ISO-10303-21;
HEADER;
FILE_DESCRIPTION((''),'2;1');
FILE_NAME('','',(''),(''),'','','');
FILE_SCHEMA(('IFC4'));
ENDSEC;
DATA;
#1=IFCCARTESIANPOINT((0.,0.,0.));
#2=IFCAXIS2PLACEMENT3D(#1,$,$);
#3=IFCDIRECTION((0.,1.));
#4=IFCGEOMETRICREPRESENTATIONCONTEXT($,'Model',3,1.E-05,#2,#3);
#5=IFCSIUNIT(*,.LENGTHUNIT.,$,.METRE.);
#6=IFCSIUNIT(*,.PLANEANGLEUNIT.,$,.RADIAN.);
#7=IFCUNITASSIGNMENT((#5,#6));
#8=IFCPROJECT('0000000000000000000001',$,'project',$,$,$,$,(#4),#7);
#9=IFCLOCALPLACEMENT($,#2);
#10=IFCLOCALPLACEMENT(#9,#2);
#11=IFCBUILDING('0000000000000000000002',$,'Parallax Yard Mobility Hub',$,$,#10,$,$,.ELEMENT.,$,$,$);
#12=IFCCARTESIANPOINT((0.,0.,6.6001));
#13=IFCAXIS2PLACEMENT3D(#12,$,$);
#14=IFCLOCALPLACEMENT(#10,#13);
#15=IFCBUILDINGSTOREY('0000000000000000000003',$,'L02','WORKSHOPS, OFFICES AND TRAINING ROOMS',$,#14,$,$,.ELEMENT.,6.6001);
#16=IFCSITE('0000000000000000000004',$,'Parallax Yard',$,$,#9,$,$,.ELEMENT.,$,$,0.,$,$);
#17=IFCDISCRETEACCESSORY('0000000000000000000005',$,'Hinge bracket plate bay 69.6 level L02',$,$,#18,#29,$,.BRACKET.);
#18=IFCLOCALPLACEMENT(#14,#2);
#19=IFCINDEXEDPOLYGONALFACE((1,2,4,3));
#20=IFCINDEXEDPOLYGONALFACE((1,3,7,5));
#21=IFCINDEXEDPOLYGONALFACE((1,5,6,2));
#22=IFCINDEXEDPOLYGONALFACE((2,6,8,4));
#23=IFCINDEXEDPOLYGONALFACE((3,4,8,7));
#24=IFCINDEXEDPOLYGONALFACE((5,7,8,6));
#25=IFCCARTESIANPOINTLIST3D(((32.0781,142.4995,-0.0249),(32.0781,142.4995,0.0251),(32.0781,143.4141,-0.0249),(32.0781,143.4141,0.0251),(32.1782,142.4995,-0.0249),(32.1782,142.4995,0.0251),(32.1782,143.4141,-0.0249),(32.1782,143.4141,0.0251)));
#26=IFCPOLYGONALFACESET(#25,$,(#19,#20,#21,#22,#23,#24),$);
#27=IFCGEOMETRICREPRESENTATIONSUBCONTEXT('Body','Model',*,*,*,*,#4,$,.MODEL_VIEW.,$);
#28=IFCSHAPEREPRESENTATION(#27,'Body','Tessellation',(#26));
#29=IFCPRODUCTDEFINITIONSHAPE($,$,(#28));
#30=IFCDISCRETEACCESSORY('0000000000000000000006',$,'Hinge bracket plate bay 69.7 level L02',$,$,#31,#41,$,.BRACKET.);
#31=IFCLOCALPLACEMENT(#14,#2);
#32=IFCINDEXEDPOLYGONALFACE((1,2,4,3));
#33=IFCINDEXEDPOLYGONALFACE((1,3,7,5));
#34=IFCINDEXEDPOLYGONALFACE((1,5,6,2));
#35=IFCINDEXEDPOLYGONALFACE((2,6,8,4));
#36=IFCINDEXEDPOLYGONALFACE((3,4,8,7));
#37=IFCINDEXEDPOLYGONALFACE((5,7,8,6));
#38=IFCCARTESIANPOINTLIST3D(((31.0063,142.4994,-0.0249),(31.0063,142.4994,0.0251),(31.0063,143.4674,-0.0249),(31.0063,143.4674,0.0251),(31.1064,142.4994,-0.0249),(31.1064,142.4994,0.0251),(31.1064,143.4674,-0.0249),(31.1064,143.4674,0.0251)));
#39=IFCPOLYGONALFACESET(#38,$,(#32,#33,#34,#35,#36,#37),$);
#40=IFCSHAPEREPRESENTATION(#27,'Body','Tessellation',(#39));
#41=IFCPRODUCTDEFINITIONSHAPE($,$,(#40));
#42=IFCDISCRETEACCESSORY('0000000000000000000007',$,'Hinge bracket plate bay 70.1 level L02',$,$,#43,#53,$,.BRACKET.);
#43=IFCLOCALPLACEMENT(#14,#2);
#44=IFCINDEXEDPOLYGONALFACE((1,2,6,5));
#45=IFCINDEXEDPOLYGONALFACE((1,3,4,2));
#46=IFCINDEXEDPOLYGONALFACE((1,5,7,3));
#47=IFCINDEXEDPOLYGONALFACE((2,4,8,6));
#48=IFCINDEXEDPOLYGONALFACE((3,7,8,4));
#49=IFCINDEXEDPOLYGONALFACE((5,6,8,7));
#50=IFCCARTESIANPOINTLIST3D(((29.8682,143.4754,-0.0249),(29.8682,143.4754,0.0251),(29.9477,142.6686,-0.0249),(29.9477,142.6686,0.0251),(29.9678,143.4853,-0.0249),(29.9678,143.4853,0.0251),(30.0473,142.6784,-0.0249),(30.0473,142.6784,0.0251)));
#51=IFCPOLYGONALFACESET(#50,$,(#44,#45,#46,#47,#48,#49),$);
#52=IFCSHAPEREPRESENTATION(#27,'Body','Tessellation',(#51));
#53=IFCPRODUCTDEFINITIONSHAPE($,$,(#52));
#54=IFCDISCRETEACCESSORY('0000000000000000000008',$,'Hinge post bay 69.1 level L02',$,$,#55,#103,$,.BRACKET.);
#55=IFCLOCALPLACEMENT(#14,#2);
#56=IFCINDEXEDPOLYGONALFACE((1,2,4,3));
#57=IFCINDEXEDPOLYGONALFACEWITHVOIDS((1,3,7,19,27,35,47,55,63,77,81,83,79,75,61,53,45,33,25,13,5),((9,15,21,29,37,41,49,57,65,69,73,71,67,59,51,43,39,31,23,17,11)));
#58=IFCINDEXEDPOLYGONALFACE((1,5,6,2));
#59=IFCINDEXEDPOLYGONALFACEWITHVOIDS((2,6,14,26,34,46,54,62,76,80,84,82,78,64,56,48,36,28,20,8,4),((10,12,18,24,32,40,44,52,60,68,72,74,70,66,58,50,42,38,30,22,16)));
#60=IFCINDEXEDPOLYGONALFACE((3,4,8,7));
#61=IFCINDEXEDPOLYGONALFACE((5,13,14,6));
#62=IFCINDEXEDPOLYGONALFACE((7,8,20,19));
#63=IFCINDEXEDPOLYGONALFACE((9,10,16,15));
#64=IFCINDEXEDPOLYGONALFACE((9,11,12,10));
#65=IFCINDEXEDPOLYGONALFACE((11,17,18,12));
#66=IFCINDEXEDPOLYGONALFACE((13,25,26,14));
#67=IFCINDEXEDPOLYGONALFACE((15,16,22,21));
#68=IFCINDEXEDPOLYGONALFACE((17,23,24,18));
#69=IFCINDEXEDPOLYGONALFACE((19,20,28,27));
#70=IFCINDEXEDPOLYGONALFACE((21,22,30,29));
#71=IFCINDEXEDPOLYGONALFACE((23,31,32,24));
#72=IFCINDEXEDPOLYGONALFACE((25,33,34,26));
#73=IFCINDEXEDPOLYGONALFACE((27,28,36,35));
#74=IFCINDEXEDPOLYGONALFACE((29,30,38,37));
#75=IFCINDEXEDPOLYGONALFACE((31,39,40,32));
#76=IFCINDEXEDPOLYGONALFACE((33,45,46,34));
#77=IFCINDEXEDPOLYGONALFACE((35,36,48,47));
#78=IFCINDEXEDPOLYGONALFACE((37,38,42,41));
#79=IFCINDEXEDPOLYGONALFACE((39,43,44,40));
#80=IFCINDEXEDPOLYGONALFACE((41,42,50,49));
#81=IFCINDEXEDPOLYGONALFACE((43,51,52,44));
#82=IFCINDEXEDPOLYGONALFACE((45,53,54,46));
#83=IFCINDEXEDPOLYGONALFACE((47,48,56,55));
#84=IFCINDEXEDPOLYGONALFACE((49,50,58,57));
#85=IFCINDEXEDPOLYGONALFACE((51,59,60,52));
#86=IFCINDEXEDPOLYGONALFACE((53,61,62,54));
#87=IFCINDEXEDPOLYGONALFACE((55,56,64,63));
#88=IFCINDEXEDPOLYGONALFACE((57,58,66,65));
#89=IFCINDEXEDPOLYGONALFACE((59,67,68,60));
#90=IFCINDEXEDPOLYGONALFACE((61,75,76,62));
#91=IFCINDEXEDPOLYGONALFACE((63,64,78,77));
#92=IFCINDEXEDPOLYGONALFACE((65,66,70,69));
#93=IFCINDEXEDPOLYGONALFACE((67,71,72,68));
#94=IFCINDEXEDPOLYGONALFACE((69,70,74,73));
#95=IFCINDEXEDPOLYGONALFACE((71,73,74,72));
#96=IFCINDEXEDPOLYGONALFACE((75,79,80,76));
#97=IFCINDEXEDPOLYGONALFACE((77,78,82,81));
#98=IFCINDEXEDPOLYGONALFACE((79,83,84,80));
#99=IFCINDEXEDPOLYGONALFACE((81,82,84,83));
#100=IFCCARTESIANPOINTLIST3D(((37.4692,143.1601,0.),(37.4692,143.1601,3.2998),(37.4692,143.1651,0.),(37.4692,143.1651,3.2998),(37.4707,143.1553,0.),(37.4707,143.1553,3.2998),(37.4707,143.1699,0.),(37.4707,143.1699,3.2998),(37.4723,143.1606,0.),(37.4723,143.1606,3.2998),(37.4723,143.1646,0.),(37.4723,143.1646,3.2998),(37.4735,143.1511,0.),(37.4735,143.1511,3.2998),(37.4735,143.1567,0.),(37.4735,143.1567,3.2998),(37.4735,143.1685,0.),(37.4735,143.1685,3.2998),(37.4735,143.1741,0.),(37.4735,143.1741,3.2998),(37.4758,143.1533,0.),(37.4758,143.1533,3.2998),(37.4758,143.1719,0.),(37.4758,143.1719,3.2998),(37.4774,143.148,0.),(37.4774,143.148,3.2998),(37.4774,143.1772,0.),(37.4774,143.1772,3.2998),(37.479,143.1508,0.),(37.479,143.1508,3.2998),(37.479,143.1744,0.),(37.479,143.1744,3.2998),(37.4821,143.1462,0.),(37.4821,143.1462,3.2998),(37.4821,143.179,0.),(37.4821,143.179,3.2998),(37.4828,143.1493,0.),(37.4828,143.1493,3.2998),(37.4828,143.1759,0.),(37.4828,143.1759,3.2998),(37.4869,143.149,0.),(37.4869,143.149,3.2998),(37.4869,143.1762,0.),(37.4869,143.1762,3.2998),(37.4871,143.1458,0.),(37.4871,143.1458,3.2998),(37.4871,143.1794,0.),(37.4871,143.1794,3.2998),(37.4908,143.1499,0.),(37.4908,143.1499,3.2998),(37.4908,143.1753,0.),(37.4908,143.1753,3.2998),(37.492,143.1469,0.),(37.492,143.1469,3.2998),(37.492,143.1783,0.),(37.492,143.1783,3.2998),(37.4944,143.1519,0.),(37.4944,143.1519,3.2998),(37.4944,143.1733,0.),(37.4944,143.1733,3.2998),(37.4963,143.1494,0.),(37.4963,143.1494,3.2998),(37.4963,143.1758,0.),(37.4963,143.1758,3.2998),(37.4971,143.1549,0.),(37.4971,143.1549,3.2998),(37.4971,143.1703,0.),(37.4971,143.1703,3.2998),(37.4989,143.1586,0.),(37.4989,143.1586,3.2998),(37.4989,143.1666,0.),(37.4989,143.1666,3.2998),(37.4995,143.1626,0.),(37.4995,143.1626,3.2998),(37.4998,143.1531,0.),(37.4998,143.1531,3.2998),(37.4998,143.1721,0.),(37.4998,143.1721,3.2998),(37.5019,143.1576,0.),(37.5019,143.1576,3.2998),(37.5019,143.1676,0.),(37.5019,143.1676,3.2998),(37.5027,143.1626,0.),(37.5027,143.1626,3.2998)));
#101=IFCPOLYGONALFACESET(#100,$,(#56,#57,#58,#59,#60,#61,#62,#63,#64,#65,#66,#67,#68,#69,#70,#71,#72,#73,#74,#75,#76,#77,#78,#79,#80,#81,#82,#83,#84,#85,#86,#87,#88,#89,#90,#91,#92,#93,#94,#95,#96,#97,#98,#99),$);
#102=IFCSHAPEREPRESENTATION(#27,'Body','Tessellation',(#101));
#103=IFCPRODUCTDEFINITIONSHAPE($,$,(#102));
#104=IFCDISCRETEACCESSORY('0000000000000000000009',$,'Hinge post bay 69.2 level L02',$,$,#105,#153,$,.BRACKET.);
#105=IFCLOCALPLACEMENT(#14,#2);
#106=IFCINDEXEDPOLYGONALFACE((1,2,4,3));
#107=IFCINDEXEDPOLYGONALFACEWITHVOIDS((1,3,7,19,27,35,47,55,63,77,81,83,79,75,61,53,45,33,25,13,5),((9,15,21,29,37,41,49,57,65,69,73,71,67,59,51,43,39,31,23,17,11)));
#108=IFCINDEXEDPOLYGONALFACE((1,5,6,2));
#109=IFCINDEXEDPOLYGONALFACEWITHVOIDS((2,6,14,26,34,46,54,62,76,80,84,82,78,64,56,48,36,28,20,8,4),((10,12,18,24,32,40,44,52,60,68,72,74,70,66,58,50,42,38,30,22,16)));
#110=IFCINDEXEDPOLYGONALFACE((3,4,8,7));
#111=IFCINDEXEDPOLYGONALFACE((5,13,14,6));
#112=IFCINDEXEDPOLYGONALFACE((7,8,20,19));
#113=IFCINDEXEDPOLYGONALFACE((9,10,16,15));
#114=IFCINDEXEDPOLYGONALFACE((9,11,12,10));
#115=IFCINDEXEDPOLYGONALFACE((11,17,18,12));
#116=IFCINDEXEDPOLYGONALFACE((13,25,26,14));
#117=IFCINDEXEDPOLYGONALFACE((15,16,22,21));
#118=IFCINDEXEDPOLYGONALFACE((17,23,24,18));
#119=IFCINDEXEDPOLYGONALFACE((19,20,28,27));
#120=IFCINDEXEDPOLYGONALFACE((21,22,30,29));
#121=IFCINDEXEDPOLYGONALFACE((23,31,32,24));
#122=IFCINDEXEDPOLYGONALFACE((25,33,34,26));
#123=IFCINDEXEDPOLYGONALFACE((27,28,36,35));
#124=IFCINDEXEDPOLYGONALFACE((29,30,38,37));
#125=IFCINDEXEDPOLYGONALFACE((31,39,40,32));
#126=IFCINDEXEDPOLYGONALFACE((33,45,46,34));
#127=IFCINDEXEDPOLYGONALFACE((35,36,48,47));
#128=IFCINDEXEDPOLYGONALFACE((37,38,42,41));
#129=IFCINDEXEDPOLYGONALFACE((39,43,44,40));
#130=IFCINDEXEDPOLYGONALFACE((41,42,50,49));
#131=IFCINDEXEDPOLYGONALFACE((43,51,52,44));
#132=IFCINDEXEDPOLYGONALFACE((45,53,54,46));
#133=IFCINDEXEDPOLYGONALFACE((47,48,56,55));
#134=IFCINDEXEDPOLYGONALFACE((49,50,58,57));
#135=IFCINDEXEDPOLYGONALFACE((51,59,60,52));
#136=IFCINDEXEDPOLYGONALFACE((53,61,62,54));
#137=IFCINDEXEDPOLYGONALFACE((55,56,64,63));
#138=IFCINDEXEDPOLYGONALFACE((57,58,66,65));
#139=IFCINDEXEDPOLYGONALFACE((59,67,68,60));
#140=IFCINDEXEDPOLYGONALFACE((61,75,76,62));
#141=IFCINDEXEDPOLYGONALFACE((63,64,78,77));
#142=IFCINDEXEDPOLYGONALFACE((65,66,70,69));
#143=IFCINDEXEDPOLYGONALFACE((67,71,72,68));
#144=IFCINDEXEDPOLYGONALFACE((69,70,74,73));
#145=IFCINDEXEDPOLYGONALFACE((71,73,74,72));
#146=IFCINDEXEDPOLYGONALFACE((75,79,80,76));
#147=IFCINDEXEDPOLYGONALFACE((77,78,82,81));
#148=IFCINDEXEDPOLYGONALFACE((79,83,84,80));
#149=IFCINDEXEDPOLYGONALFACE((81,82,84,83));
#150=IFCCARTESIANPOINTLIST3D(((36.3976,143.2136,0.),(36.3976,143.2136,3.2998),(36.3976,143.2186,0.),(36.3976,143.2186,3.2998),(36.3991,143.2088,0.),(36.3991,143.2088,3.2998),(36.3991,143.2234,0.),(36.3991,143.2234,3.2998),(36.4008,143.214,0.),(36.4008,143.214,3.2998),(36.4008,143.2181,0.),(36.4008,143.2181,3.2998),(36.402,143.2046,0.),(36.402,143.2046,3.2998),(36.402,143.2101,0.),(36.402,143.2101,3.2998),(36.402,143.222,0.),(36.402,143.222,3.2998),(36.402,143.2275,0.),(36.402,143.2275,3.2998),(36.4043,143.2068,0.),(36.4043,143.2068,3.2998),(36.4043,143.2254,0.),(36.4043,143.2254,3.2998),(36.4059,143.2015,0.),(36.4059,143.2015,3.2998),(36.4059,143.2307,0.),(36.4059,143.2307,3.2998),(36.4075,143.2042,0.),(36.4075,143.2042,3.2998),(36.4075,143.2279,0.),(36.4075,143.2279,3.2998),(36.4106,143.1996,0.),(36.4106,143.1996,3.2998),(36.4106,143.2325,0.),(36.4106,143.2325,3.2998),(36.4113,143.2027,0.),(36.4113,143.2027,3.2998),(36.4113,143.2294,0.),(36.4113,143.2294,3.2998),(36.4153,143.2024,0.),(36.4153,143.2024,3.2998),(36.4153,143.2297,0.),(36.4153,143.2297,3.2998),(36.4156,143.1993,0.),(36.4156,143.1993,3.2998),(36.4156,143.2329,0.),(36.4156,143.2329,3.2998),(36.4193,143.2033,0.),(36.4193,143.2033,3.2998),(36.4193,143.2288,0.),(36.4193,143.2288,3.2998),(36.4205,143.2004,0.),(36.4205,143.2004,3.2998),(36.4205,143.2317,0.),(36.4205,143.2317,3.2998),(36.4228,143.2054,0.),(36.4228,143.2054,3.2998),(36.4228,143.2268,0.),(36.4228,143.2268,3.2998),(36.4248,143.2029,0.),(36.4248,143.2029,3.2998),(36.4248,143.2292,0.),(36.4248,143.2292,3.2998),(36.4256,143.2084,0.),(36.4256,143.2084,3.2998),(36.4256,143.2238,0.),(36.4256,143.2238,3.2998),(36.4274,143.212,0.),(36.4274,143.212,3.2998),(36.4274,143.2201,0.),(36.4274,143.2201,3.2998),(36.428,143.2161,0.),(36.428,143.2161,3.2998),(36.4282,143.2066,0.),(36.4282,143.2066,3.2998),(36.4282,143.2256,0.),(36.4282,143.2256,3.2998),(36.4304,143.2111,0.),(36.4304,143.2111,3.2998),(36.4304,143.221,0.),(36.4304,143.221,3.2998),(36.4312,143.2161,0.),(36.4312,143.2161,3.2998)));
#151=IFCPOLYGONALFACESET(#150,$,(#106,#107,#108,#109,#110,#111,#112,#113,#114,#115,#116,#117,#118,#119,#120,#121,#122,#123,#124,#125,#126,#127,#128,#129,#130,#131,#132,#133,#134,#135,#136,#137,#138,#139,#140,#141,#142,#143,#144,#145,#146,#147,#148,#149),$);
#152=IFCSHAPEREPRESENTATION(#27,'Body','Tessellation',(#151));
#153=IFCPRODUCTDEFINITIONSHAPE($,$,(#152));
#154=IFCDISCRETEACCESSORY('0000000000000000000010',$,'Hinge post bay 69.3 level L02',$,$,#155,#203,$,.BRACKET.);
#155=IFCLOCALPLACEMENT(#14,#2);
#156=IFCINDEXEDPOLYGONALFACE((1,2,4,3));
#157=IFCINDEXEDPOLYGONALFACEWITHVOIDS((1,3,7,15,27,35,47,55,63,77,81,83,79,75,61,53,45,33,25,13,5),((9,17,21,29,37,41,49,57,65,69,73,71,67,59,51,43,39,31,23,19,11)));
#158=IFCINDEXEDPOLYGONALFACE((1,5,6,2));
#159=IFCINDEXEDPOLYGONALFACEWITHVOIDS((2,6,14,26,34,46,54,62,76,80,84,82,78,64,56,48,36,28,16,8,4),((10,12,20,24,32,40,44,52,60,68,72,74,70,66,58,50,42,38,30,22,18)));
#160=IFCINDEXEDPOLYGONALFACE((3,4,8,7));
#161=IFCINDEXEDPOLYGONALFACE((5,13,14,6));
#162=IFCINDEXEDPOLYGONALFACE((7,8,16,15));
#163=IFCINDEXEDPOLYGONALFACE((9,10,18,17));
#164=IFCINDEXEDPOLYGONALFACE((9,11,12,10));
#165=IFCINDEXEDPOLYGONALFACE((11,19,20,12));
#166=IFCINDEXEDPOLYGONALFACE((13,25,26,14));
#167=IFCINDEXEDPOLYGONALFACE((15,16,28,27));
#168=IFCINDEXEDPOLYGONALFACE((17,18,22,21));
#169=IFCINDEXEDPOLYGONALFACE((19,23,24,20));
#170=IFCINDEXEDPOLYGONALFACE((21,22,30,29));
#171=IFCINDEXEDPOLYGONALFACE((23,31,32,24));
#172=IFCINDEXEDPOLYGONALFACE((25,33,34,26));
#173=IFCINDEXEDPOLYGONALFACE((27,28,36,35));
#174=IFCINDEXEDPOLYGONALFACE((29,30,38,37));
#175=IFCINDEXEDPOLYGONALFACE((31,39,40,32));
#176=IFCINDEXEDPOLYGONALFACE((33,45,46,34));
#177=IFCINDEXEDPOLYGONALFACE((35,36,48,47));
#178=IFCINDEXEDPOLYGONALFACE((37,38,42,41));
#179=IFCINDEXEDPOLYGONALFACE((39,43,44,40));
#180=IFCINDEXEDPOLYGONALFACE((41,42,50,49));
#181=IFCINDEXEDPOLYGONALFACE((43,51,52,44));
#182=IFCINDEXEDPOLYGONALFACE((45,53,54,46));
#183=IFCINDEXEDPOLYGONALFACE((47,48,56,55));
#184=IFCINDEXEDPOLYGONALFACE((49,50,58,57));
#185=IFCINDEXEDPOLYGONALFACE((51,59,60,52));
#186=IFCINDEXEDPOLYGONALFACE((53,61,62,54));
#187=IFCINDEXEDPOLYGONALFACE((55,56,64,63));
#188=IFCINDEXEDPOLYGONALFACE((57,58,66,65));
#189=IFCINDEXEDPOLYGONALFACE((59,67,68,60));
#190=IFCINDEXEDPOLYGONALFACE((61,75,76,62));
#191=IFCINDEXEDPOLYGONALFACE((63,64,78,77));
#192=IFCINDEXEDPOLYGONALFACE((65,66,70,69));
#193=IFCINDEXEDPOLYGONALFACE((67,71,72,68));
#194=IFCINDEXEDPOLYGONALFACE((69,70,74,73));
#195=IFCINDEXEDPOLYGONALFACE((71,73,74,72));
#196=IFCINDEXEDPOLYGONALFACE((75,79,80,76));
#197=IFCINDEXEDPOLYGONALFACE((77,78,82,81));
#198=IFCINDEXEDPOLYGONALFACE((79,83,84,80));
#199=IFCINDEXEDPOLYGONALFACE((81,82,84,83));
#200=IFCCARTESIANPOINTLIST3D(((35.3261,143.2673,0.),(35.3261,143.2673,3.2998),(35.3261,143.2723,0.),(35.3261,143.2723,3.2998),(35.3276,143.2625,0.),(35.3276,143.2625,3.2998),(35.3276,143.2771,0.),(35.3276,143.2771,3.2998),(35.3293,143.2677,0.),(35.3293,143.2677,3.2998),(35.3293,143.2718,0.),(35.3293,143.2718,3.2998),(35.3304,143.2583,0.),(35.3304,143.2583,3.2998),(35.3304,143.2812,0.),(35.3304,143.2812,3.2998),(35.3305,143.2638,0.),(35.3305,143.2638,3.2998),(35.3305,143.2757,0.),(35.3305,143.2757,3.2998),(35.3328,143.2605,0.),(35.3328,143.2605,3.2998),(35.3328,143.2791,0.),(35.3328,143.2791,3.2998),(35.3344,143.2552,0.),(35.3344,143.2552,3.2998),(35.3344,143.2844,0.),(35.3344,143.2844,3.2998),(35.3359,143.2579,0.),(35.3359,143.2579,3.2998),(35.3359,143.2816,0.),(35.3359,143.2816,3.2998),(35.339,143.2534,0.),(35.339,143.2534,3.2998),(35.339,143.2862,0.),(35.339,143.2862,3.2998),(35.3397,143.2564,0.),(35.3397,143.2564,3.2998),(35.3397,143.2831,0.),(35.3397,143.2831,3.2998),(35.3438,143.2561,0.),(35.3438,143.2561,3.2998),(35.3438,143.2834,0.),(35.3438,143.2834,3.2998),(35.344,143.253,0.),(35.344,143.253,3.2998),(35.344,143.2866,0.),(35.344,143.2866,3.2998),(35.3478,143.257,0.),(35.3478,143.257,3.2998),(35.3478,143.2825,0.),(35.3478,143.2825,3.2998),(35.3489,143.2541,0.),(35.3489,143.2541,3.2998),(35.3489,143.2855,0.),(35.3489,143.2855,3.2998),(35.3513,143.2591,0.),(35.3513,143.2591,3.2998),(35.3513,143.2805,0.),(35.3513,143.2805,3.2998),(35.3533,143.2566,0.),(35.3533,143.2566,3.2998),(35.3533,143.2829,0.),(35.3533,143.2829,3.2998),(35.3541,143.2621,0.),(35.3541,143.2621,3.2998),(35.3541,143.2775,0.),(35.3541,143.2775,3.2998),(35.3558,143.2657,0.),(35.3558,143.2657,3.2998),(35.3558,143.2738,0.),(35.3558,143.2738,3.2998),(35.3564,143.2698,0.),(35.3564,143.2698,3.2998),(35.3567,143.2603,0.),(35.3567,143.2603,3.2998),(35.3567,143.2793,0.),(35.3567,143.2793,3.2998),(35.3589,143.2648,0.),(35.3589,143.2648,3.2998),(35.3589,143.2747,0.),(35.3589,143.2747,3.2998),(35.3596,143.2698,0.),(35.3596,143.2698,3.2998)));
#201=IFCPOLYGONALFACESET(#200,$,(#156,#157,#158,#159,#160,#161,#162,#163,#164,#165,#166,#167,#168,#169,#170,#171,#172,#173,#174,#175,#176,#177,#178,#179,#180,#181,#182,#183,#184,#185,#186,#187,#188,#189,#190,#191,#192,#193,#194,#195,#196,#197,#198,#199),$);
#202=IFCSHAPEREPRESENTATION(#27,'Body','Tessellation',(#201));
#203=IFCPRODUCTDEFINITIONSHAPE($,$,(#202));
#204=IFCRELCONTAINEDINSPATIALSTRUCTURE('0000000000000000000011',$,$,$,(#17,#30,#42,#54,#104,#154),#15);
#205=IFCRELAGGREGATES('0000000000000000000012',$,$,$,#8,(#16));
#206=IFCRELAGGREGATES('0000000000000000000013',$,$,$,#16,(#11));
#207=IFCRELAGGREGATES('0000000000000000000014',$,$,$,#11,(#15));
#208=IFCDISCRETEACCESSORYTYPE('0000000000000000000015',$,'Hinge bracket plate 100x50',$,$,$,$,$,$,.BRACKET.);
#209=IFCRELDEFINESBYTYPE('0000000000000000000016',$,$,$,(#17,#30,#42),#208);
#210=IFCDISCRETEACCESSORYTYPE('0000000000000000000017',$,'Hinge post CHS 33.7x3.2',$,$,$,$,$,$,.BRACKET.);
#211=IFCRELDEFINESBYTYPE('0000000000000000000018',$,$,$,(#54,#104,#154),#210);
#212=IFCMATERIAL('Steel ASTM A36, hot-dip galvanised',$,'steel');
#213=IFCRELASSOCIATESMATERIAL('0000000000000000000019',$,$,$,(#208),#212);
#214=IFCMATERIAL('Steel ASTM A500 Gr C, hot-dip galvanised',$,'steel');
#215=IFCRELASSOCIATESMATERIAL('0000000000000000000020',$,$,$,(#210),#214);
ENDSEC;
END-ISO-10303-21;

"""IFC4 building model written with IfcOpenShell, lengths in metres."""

from ifc_helpers import new_model, si_unit, direction, frame, origin, origin_2d, place, context, subcontext, project, spatial, rectangle, hollow_circle, extrude, material, material_profile, profile_set, type_object, element, save


model = new_model("IFC4")

# Units and contexts
model_context = context("Model", 3, precision=1e-05, world=origin(), true_north=direction((0.0, 1.0)))
body_context = subcontext(model_context, "Body", "Model", "MODEL_VIEW")
ifc_project = project(units=[si_unit("LENGTHUNIT", "METRE"), si_unit("PLANEANGLEUNIT", "RADIAN")], contexts=[model_context])

# Site, building, storey
site_placement = place(None, origin())
site = spatial("IfcSite", under=ifc_project, at=site_placement, Name="Parallax Yard", CompositionType="ELEMENT", RefElevation=0.0)
building_placement = place(site_placement, origin())
building = spatial("IfcBuilding", under=site, at=building_placement, Name="Parallax Yard Mobility Hub", CompositionType="ELEMENT")
storey_placement = place(building_placement, frame((0.0, 0.0, 6.6001)))
storey = spatial("IfcBuildingStorey", under=building, at=storey_placement, Name="L02", Description="WORKSHOPS, OFFICES AND TRAINING ROOMS", CompositionType="ELEMENT", Elevation=6.6001)

# Discrete accessories
ifc_material_1 = material(Name="Steel ASTM A36, hot-dip galvanised", Category="steel")
discrete_accessory_type_1 = type_object("IfcDiscreteAccessoryType", Name="Hinge bracket plate 100x50", PredefinedType="BRACKET", material=ifc_material_1)
discrete_accessory_1_placement = place(storey_placement, frame((32.1282, 142.9568, -0.0249), z_axis=(0.0, 0.0, 1.0), x_axis=(0.0, 1.0, 0.0)))
element("IfcDiscreteAccessory", 1, at=discrete_accessory_1_placement, inside=storey, type_object=discrete_accessory_type_1, Name="Hinge bracket plate bay 69.6 level L02", PredefinedType="BRACKET", context=body_context, shape_type="SweptSolid", body=[
    extrude(rectangle(XDim=0.9146, YDim=0.1001, at=origin_2d()), origin(), (0.0, 0.0, 1.0), 0.05),
])
discrete_accessory_2_placement = place(storey_placement, frame((31.0564, 142.9834, -0.0249), z_axis=(0.0, 0.0, 1.0), x_axis=(0.0, 1.0, 0.0)))
element("IfcDiscreteAccessory", 2, at=discrete_accessory_2_placement, inside=storey, type_object=discrete_accessory_type_1, Name="Hinge bracket plate bay 69.7 level L02", PredefinedType="BRACKET", context=body_context, shape_type="SweptSolid", body=[
    extrude(rectangle(XDim=0.968, YDim=0.1001, at=origin_2d()), origin(), (0.0, 0.0, 1.0), 0.05),
])
discrete_accessory_3_placement = place(storey_placement, frame((29.9578, 143.0769, -0.0249), z_axis=(0.0, 0.0, 1.0), x_axis=(-0.098017, 0.995185, 0.0)))
element("IfcDiscreteAccessory", 3, at=discrete_accessory_3_placement, inside=storey, type_object=discrete_accessory_type_1, Name="Hinge bracket plate bay 70.1 level L02", PredefinedType="BRACKET", context=body_context, shape_type="SweptSolid", body=[
    extrude(rectangle(XDim=0.8108, YDim=0.1001, at=origin_2d()), origin(), (0.0, 0.0, 1.0), 0.05),
])
ifc_material_2 = material(Name="Steel ASTM A500 Gr C, hot-dip galvanised", Category="steel")
ifc_material_profile_1 = material_profile(ifc_material_2, hollow_circle(Radius=0.0168, WallThickness=0.0032, at=origin_2d()), Name="CHS 33.7x3.2")
ifc_profile_set_1 = profile_set([ifc_material_profile_1], Name="Steel ASTM A500 Gr C, hot-dip galvanised")
discrete_accessory_type_2 = type_object("IfcDiscreteAccessoryType", Name="Hinge post CHS 33.7x3.2", PredefinedType="BRACKET", material=ifc_profile_set_1)
for number, where, z_axis, x_axis, name in (
    (4, (37.4858, 143.1626, 0.0), (0.0, 0.0, 1.0), (1.0, 0.0, 0.0), "Hinge post bay 69.1 level L02"),
    (5, (36.4143, 143.2161, 0.0), (0.0, 0.0, 1.0), (1.0, 0.0, 0.0), "Hinge post bay 69.2 level L02"),
    (6, (35.3428, 143.2698, 0.0), (0.0, 0.0, 1.0), (1.0, 0.0, 0.0), "Hinge post bay 69.3 level L02"),
):
    element("IfcDiscreteAccessory", number, at=place(storey_placement, frame(where, z_axis=z_axis, x_axis=x_axis)), inside=storey, type_object=discrete_accessory_type_2, Name=name, PredefinedType="BRACKET", context=body_context, shape_type="SweptSolid", body=[
        extrude(hollow_circle(Radius=0.0168, WallThickness=0.0032, at=origin_2d()), origin(), (0.0, 0.0, 1.0), 3.2998),
    ])

save(model, "model.ifc")
